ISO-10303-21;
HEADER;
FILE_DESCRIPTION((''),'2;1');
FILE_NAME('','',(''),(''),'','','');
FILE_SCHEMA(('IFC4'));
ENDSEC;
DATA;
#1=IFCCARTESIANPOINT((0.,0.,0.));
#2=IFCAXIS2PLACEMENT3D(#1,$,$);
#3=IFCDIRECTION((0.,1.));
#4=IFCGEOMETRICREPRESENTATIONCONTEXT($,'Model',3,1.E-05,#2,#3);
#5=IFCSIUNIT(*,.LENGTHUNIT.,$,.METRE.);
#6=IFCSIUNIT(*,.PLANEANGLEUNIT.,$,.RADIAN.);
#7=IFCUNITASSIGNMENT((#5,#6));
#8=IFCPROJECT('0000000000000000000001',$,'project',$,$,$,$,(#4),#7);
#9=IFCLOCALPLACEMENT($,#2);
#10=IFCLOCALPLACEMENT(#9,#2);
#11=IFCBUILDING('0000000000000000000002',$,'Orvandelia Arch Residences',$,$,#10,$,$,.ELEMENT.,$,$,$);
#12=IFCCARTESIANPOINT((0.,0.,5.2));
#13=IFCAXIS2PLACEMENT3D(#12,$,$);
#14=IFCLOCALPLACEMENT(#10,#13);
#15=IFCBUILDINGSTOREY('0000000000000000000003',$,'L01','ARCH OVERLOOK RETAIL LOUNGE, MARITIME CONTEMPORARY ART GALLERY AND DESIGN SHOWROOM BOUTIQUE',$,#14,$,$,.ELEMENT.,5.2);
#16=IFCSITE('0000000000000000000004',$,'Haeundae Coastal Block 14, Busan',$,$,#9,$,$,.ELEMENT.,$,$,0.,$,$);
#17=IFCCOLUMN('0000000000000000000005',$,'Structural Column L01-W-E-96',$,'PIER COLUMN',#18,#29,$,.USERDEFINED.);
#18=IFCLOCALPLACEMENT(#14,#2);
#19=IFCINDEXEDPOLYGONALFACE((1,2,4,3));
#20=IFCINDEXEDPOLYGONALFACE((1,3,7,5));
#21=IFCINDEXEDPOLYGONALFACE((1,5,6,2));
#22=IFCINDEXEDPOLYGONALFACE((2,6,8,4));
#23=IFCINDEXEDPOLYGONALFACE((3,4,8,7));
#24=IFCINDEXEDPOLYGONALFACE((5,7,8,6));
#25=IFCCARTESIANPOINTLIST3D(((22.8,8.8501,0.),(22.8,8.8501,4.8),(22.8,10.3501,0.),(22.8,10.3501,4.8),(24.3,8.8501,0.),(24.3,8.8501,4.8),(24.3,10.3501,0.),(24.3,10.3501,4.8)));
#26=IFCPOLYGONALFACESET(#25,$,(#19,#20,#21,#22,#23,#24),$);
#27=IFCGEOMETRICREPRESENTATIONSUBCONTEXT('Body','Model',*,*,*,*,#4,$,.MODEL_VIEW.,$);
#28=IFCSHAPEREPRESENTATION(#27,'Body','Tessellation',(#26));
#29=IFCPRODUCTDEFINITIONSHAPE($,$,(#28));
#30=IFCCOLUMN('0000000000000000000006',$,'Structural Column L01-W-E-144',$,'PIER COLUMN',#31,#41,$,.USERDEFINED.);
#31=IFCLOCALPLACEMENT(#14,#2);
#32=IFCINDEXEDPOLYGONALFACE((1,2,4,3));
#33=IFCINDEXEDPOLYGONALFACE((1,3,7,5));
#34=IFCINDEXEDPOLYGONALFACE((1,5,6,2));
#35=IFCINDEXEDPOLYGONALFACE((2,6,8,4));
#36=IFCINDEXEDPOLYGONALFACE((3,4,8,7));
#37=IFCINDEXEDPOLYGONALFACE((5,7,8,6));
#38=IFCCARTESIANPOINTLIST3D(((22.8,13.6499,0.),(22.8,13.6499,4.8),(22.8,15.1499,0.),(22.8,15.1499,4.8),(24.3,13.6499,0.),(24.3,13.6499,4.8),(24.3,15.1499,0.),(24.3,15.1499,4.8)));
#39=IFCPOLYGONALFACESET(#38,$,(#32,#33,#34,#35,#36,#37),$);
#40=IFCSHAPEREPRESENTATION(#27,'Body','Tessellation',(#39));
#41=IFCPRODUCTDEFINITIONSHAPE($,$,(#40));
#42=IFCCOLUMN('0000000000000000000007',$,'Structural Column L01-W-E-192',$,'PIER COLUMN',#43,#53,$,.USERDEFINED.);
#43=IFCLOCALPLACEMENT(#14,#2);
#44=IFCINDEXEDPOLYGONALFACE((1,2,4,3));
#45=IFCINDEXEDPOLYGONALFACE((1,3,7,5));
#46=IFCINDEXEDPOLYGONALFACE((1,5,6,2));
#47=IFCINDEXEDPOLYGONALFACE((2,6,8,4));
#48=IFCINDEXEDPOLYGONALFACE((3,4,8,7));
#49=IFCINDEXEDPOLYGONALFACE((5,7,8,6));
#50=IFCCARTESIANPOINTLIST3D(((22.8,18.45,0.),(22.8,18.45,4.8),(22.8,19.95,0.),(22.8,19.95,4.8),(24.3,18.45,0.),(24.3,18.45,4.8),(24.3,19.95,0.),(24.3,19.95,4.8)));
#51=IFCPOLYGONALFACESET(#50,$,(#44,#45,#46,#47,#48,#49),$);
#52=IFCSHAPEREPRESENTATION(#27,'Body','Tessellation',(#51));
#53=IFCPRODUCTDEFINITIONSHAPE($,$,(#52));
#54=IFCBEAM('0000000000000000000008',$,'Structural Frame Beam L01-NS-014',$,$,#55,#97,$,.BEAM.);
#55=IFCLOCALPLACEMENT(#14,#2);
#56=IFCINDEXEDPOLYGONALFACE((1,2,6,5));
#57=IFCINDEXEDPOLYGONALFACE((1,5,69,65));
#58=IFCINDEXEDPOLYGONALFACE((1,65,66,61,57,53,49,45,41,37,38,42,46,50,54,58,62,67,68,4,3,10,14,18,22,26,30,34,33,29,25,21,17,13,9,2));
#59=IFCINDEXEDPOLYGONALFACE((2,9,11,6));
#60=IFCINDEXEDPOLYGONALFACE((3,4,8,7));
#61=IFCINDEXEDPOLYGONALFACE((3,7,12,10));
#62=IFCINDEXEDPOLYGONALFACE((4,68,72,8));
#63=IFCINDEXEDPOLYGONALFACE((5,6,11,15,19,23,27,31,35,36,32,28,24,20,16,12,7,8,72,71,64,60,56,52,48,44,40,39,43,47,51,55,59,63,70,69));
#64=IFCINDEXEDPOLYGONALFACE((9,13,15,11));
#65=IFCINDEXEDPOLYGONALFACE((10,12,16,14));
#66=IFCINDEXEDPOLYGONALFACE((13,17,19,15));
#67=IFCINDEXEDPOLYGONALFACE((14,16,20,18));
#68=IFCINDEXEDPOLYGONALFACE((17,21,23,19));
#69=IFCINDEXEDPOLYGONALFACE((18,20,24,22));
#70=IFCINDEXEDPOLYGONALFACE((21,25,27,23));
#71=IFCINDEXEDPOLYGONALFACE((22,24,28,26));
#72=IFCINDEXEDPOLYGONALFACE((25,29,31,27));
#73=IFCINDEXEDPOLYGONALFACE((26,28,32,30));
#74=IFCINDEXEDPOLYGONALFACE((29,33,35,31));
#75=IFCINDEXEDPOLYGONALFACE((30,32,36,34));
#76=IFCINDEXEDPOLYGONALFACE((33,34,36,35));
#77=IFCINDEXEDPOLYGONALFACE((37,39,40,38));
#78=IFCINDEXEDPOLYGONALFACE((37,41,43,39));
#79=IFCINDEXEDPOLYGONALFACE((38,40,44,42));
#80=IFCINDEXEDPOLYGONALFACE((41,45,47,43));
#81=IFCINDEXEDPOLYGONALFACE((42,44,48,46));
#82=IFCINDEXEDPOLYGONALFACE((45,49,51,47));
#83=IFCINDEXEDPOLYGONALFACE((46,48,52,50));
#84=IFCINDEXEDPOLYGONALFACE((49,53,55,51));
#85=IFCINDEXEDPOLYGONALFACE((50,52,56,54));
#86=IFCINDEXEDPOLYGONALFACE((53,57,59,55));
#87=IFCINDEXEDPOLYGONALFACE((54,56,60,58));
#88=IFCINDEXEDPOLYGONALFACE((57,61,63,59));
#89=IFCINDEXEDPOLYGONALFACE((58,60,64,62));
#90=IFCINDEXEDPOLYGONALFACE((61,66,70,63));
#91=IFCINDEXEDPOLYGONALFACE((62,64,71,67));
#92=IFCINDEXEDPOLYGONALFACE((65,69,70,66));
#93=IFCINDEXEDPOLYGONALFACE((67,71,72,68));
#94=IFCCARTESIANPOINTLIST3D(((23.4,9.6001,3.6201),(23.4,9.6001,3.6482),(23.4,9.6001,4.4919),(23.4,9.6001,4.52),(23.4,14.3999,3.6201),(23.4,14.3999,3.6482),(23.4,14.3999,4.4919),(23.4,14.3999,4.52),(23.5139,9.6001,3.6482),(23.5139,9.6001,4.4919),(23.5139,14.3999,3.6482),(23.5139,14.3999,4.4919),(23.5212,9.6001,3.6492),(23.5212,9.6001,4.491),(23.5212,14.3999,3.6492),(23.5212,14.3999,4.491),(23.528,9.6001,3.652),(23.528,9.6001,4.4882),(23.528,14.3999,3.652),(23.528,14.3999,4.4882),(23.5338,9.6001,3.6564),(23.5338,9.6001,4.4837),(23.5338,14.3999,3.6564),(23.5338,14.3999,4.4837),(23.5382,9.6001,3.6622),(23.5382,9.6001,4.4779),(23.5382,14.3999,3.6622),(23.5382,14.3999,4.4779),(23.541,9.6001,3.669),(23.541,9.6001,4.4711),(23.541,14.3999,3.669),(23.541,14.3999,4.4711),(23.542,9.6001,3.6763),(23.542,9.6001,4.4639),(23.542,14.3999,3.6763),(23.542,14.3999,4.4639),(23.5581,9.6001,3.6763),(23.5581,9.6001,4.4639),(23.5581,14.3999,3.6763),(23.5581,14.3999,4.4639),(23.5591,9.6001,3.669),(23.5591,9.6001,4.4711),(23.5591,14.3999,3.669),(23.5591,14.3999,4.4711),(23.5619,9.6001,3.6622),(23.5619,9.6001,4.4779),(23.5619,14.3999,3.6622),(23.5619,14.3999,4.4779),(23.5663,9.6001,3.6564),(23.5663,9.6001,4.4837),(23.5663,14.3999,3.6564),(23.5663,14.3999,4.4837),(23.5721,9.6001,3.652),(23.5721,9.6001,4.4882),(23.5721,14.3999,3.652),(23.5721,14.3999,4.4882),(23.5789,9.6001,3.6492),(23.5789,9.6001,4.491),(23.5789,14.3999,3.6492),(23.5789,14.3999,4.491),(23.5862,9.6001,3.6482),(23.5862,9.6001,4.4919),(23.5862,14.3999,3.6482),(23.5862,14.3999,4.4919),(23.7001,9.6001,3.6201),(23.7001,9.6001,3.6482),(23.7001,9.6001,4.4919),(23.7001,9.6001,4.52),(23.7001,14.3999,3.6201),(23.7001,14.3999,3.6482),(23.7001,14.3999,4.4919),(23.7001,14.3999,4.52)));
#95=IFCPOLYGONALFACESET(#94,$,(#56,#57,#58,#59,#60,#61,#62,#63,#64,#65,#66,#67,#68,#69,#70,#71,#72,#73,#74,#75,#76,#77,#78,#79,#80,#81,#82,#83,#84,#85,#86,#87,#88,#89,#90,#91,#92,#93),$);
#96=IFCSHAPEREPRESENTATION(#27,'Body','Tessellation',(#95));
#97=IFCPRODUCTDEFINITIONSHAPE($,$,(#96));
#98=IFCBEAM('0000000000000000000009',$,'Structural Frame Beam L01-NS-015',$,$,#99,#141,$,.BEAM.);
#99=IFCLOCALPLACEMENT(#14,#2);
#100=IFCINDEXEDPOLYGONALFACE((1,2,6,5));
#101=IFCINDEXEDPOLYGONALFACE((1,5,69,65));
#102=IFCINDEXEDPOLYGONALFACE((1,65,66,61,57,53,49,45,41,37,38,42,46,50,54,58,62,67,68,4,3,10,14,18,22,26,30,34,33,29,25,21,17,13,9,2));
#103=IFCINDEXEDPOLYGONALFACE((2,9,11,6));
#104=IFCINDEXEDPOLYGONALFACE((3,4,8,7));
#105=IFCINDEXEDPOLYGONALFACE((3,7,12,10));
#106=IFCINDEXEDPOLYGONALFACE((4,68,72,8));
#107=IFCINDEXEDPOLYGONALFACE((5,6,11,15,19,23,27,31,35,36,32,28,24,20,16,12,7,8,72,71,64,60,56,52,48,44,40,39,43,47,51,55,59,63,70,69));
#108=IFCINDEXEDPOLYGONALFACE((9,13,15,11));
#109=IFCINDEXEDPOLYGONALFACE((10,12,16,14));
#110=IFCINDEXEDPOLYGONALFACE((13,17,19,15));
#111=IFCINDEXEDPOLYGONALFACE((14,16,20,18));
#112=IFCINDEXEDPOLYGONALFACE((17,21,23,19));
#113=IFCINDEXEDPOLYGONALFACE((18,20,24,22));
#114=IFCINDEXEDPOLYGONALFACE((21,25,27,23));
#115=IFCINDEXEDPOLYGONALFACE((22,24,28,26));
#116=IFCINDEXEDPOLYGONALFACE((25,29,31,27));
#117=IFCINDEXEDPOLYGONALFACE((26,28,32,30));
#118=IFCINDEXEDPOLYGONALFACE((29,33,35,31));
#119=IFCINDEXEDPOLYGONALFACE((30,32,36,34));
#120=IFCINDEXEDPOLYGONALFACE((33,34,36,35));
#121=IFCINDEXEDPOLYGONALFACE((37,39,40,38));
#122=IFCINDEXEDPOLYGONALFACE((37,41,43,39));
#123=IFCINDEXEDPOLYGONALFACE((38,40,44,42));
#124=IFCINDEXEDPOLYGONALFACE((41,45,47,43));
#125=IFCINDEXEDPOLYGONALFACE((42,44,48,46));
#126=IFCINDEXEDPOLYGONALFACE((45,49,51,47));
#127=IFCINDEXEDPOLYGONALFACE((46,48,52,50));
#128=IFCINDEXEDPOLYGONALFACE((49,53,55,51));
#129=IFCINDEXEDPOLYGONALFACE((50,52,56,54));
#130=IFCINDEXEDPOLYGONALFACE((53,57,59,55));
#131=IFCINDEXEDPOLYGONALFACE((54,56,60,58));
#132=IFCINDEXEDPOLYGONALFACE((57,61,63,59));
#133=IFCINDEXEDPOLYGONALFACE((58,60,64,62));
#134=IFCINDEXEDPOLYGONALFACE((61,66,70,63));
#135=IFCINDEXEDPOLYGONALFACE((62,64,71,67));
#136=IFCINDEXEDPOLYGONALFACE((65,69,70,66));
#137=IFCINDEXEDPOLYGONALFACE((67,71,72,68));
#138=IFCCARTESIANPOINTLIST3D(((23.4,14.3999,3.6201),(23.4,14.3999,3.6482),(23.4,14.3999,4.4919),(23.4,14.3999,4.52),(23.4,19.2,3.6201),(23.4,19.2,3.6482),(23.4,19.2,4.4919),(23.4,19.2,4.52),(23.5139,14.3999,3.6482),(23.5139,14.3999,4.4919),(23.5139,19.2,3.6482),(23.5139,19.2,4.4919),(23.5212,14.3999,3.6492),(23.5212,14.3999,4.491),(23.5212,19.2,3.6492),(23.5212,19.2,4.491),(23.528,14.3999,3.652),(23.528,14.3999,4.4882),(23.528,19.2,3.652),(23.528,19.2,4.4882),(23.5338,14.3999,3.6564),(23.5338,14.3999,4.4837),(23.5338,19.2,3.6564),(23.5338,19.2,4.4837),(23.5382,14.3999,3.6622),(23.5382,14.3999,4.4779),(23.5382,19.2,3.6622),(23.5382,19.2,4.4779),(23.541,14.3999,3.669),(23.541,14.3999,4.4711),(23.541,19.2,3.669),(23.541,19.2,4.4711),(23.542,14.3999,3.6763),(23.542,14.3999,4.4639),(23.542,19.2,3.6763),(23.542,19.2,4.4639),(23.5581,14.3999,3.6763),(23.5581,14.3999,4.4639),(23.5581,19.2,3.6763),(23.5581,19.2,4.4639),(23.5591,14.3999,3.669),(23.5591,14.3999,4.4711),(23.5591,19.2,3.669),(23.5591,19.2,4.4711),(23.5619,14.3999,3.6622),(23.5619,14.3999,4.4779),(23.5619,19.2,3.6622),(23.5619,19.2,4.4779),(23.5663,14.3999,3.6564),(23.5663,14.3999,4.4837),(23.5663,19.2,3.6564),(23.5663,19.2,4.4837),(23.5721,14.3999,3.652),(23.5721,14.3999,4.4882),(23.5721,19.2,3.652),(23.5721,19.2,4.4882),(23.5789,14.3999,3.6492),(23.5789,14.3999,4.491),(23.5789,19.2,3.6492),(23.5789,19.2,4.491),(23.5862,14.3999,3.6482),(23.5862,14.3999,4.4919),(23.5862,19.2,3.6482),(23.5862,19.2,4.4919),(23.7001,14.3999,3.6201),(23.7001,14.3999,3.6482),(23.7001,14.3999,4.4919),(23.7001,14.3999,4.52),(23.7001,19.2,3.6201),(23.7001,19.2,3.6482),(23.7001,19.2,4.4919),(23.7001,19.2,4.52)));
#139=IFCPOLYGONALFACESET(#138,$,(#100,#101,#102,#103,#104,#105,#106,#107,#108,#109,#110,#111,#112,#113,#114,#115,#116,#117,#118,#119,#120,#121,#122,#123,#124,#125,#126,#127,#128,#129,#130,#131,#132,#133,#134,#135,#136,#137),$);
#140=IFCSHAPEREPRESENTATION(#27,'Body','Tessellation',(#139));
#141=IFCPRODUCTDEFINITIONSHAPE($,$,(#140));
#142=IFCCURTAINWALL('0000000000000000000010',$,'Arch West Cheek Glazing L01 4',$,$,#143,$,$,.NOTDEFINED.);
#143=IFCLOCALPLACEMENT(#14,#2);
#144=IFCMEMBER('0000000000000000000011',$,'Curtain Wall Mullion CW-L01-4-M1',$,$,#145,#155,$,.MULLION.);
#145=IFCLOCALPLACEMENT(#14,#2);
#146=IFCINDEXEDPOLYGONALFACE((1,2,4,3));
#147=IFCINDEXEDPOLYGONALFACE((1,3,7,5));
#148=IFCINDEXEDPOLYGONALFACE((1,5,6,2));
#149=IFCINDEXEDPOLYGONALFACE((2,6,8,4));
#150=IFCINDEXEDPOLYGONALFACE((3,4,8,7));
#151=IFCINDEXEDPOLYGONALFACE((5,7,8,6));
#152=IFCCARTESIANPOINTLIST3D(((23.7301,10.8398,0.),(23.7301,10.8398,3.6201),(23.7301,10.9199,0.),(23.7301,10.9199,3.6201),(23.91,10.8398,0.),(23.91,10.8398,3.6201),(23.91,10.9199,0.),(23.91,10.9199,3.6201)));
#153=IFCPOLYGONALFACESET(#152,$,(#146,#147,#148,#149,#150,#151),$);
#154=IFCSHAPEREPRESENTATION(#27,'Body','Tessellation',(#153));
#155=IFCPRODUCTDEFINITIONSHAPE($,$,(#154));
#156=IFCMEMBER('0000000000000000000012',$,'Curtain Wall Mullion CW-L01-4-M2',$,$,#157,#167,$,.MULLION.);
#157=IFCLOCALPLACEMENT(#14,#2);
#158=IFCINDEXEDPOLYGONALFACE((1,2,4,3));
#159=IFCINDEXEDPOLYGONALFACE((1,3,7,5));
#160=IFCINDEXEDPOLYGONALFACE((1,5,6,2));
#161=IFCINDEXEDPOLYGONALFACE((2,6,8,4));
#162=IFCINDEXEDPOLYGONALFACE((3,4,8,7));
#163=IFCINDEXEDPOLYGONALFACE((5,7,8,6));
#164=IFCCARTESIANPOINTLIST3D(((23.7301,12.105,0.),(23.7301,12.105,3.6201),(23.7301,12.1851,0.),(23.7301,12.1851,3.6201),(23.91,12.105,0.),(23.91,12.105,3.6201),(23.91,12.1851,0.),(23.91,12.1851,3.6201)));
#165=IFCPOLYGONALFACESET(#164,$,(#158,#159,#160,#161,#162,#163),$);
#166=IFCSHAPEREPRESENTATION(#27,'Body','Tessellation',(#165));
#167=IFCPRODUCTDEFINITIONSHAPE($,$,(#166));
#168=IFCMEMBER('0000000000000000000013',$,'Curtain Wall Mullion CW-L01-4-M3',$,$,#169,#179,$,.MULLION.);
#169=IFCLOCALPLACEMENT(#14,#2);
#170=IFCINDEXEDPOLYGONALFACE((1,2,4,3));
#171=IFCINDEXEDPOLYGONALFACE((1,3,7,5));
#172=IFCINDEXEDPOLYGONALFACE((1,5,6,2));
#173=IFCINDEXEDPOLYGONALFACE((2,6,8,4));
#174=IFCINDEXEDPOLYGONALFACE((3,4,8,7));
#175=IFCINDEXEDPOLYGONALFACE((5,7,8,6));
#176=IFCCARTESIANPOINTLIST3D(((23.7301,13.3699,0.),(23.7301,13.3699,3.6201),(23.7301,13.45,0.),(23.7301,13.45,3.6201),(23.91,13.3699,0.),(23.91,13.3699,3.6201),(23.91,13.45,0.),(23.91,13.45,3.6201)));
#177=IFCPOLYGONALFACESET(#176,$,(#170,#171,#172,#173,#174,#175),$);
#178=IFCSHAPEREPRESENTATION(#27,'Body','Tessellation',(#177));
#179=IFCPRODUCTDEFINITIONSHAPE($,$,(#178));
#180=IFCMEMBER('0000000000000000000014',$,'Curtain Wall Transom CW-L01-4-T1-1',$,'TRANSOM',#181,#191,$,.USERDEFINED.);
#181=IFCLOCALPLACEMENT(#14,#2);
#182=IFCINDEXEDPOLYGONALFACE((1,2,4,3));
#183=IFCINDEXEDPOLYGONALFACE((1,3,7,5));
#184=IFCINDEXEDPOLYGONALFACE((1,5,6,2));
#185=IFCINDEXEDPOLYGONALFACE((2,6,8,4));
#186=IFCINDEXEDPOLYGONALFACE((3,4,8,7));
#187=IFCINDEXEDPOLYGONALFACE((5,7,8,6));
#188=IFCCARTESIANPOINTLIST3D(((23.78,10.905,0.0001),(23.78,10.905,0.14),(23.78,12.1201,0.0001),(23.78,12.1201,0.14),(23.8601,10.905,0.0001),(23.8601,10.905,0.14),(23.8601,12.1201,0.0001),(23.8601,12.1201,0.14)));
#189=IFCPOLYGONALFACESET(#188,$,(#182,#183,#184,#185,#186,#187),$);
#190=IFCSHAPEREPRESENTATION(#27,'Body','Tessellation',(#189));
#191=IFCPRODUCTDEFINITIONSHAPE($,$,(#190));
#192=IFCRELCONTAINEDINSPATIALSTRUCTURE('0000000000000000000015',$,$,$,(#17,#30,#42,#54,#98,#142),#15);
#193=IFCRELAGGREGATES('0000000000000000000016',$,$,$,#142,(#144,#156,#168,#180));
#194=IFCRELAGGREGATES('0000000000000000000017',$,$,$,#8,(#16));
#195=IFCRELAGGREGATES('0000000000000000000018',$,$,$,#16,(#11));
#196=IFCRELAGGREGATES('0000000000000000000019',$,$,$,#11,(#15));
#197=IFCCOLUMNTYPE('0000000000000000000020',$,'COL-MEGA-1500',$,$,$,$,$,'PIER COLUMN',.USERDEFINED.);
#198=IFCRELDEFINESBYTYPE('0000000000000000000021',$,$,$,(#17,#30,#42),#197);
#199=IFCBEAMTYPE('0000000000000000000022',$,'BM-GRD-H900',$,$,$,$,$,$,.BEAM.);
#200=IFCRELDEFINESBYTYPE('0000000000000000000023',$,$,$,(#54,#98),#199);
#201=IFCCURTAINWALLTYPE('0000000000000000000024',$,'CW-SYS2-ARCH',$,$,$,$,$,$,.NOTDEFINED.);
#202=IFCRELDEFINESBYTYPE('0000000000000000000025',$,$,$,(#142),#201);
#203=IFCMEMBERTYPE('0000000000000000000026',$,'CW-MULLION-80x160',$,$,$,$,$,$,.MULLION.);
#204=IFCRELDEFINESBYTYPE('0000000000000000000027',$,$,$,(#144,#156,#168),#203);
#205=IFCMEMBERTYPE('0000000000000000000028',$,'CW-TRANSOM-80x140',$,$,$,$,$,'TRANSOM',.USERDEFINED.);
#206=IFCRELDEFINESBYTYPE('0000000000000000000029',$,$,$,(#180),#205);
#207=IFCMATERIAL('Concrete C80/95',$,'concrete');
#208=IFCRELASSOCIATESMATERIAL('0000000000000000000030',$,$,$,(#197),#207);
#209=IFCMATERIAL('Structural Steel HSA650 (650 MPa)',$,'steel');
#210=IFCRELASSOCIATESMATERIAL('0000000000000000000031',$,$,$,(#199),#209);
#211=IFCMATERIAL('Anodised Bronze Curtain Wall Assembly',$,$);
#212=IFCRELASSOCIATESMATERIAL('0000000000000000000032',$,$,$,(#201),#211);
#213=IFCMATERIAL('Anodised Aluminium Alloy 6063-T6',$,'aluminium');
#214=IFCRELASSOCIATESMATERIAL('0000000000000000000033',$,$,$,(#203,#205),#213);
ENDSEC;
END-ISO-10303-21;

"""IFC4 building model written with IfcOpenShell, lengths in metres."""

from ifc_helpers import new_model, si_unit, direction, frame, origin, origin_2d, place, context, subcontext, project, spatial, rectangle, i_section, extrude, material, material_profile, profile_set, type_object, element, aggregate, save


model = new_model("IFC4")

# Units and contexts
model_context = context("Model", 3, precision=1e-05, world=origin(), true_north=direction((0.0, 1.0)))
body_context = subcontext(model_context, "Body", "Model", "MODEL_VIEW")
ifc_project = project(units=[si_unit("LENGTHUNIT", "METRE"), si_unit("PLANEANGLEUNIT", "RADIAN")], contexts=[model_context])

# Site, building, storey
site_placement = place(None, origin())
site = spatial("IfcSite", under=ifc_project, at=site_placement, Name="Haeundae Coastal Block 14, Busan", CompositionType="ELEMENT", RefElevation=0.0)
building_placement = place(site_placement, origin())
building = spatial("IfcBuilding", under=site, at=building_placement, Name="Orvandelia Arch Residences", CompositionType="ELEMENT")
storey_placement = place(building_placement, frame((0.0, 0.0, 5.2)))
storey = spatial("IfcBuildingStorey", under=building, at=storey_placement, Name="L01", Description="ARCH OVERLOOK RETAIL LOUNGE, MARITIME CONTEMPORARY ART GALLERY AND DESIGN SHOWROOM BOUTIQUE", CompositionType="ELEMENT", Elevation=5.2)

# Columns
ifc_material_1 = material(Name="Concrete C80/95", Category="concrete")
ifc_material_profile_1 = material_profile(ifc_material_1, rectangle(XDim=1.5, YDim=1.5, at=origin_2d()), Name="Concrete C80/95", Category="concrete")
ifc_profile_set_1 = profile_set([ifc_material_profile_1], Name="Concrete C80/95")
column_type = type_object("IfcColumnType", Name="COL-MEGA-1500", ElementType="PIER COLUMN", PredefinedType="USERDEFINED", material=ifc_profile_set_1)
for number, where, z_axis, x_axis, name in (
    (1, (23.55, 9.6001, 0.0), (0.0, 0.0, 1.0), (1.0, 0.0, 0.0), "Structural Column L01-W-E-96"),
    (2, (23.55, 14.3999, 0.0), (0.0, 0.0, 1.0), (1.0, 0.0, 0.0), "Structural Column L01-W-E-144"),
    (3, (23.55, 19.2, 0.0), (0.0, 0.0, 1.0), (1.0, 0.0, 0.0), "Structural Column L01-W-E-192"),
):
    element("IfcColumn", number, at=place(storey_placement, frame(where, z_axis=z_axis, x_axis=x_axis)), inside=storey, type_object=column_type, Name=name, ObjectType="PIER COLUMN", PredefinedType="USERDEFINED", context=body_context, shape_type="SweptSolid", body=[
        extrude(rectangle(XDim=1.5, YDim=1.5, at=origin_2d()), origin(), (0.0, 0.0, 1.0), 4.8),
    ])

# Beams
ifc_material_2 = material(Name="Structural Steel HSA650 (650 MPa)", Category="steel")
ifc_material_profile_2 = material_profile(ifc_material_2, i_section(OverallWidth=0.3, OverallDepth=0.8999, WebThickness=0.0161, FlangeThickness=0.0281, FilletRadius=0.0281, at=origin_2d()), Name="Structural Steel HSA650 (650 MPa)", Category="steel")
ifc_profile_set_2 = profile_set([ifc_material_profile_2], Name="Structural Steel HSA650 (650 MPa)")
beam_type = type_object("IfcBeamType", Name="BM-GRD-H900", PredefinedType="BEAM", material=ifc_profile_set_2)
beam_1_placement = place(storey_placement, frame((23.55, 9.6001, 4.0701), z_axis=(0.0, 1.0, 0.0), x_axis=(-1.0, 0.0, 0.0)))
element("IfcBeam", 4, at=beam_1_placement, inside=storey, type_object=beam_type, Name="Structural Frame Beam L01-NS-014", PredefinedType="BEAM", context=body_context, shape_type="SweptSolid", body=[
    extrude(i_section(OverallWidth=0.3, OverallDepth=0.8999, WebThickness=0.0161, FlangeThickness=0.0281, FilletRadius=0.0281, at=origin_2d()), origin(), (0.0, 0.0, 1.0), 4.7998),
])
beam_2_placement = place(storey_placement, frame((23.55, 14.3999, 4.0701), z_axis=(0.0, 1.0, 0.0), x_axis=(-1.0, 0.0, 0.0)))
element("IfcBeam", 5, at=beam_2_placement, inside=storey, type_object=beam_type, Name="Structural Frame Beam L01-NS-015", PredefinedType="BEAM", context=body_context, shape_type="SweptSolid", body=[
    extrude(i_section(OverallWidth=0.3, OverallDepth=0.8999, WebThickness=0.0161, FlangeThickness=0.0281, FilletRadius=0.0281, at=origin_2d()), origin(), (0.0, 0.0, 1.0), 4.8),
])

# Curtain wall, members
ifc_material_3 = material(Name="Anodised Bronze Curtain Wall Assembly")
curtain_wall_type = type_object("IfcCurtainWallType", Name="CW-SYS2-ARCH", PredefinedType="NOTDEFINED", material=ifc_material_3)
curtain_wall_placement = place(storey_placement, origin())
curtain_wall = element("IfcCurtainWall", 6, at=curtain_wall_placement, inside=storey, type_object=curtain_wall_type, Name="Arch West Cheek Glazing L01 4", PredefinedType="NOTDEFINED")
ifc_material_4 = material(Name="Anodised Aluminium Alloy 6063-T6", Category="aluminium")
ifc_material_profile_3 = material_profile(ifc_material_4, rectangle(XDim=0.0801, YDim=0.1799, at=origin_2d()), Name="Anodised Aluminium Alloy 6063-T6", Category="aluminium")
ifc_profile_set_3 = profile_set([ifc_material_profile_3], Name="Anodised Aluminium Alloy 6063-T6")
member_type_1 = type_object("IfcMemberType", Name="CW-MULLION-80x160", PredefinedType="MULLION", material=ifc_profile_set_3)
member_1_placement = place(storey_placement, frame((23.8201, 10.8799, 0.0), z_axis=(0.0, 0.0, 1.0), x_axis=(0.0, 1.0, 0.0)))
member_1 = element("IfcMember", 7, at=member_1_placement, type_object=member_type_1, Name="Curtain Wall Mullion CW-L01-4-M1", PredefinedType="MULLION", context=body_context, shape_type="SweptSolid", body=[
    extrude(rectangle(XDim=0.0801, YDim=0.1799, at=origin_2d()), origin(), (0.0, 0.0, 1.0), 3.6201),
])
member_2_placement = place(storey_placement, frame((23.8201, 12.145, 0.0), z_axis=(0.0, 0.0, 1.0), x_axis=(0.0, 1.0, 0.0)))
member_2 = element("IfcMember", 8, at=member_2_placement, type_object=member_type_1, Name="Curtain Wall Mullion CW-L01-4-M2", PredefinedType="MULLION", context=body_context, shape_type="SweptSolid", body=[
    extrude(rectangle(XDim=0.0801, YDim=0.1799, at=origin_2d()), origin(), (0.0, 0.0, 1.0), 3.6201),
])
member_3_placement = place(storey_placement, frame((23.8201, 13.4099, 0.0), z_axis=(0.0, 0.0, 1.0), x_axis=(0.0, 1.0, 0.0)))
member_3 = element("IfcMember", 9, at=member_3_placement, type_object=member_type_1, Name="Curtain Wall Mullion CW-L01-4-M3", PredefinedType="MULLION", context=body_context, shape_type="SweptSolid", body=[
    extrude(rectangle(XDim=0.0801, YDim=0.1799, at=origin_2d()), origin(), (0.0, 0.0, 1.0), 3.6201),
])
ifc_material_profile_4 = material_profile(ifc_material_4, rectangle(XDim=0.0801, YDim=0.1399, at=origin_2d()), Name="Anodised Aluminium Alloy 6063-T6", Category="aluminium")
ifc_profile_set_4 = profile_set([ifc_material_profile_4], Name="Anodised Aluminium Alloy 6063-T6")
member_type_2 = type_object("IfcMemberType", Name="CW-TRANSOM-80x140", ElementType="TRANSOM", PredefinedType="USERDEFINED", material=ifc_profile_set_4)
member_4_placement = place(storey_placement, frame((23.8201, 10.905, 0.0701), z_axis=(0.0, 1.0, 0.0), x_axis=(-1.0, 0.0, 0.0)))
member_4 = element("IfcMember", 10, at=member_4_placement, type_object=member_type_2, Name="Curtain Wall Transom CW-L01-4-T1-1", ObjectType="TRANSOM", PredefinedType="USERDEFINED", context=body_context, shape_type="SweptSolid", body=[
    extrude(rectangle(XDim=0.0801, YDim=0.1399, at=origin_2d()), origin(), (0.0, 0.0, 1.0), 1.2151),
])
aggregate(curtain_wall, [member_1, member_2, member_3, member_4])

save(model, "model.ifc")
